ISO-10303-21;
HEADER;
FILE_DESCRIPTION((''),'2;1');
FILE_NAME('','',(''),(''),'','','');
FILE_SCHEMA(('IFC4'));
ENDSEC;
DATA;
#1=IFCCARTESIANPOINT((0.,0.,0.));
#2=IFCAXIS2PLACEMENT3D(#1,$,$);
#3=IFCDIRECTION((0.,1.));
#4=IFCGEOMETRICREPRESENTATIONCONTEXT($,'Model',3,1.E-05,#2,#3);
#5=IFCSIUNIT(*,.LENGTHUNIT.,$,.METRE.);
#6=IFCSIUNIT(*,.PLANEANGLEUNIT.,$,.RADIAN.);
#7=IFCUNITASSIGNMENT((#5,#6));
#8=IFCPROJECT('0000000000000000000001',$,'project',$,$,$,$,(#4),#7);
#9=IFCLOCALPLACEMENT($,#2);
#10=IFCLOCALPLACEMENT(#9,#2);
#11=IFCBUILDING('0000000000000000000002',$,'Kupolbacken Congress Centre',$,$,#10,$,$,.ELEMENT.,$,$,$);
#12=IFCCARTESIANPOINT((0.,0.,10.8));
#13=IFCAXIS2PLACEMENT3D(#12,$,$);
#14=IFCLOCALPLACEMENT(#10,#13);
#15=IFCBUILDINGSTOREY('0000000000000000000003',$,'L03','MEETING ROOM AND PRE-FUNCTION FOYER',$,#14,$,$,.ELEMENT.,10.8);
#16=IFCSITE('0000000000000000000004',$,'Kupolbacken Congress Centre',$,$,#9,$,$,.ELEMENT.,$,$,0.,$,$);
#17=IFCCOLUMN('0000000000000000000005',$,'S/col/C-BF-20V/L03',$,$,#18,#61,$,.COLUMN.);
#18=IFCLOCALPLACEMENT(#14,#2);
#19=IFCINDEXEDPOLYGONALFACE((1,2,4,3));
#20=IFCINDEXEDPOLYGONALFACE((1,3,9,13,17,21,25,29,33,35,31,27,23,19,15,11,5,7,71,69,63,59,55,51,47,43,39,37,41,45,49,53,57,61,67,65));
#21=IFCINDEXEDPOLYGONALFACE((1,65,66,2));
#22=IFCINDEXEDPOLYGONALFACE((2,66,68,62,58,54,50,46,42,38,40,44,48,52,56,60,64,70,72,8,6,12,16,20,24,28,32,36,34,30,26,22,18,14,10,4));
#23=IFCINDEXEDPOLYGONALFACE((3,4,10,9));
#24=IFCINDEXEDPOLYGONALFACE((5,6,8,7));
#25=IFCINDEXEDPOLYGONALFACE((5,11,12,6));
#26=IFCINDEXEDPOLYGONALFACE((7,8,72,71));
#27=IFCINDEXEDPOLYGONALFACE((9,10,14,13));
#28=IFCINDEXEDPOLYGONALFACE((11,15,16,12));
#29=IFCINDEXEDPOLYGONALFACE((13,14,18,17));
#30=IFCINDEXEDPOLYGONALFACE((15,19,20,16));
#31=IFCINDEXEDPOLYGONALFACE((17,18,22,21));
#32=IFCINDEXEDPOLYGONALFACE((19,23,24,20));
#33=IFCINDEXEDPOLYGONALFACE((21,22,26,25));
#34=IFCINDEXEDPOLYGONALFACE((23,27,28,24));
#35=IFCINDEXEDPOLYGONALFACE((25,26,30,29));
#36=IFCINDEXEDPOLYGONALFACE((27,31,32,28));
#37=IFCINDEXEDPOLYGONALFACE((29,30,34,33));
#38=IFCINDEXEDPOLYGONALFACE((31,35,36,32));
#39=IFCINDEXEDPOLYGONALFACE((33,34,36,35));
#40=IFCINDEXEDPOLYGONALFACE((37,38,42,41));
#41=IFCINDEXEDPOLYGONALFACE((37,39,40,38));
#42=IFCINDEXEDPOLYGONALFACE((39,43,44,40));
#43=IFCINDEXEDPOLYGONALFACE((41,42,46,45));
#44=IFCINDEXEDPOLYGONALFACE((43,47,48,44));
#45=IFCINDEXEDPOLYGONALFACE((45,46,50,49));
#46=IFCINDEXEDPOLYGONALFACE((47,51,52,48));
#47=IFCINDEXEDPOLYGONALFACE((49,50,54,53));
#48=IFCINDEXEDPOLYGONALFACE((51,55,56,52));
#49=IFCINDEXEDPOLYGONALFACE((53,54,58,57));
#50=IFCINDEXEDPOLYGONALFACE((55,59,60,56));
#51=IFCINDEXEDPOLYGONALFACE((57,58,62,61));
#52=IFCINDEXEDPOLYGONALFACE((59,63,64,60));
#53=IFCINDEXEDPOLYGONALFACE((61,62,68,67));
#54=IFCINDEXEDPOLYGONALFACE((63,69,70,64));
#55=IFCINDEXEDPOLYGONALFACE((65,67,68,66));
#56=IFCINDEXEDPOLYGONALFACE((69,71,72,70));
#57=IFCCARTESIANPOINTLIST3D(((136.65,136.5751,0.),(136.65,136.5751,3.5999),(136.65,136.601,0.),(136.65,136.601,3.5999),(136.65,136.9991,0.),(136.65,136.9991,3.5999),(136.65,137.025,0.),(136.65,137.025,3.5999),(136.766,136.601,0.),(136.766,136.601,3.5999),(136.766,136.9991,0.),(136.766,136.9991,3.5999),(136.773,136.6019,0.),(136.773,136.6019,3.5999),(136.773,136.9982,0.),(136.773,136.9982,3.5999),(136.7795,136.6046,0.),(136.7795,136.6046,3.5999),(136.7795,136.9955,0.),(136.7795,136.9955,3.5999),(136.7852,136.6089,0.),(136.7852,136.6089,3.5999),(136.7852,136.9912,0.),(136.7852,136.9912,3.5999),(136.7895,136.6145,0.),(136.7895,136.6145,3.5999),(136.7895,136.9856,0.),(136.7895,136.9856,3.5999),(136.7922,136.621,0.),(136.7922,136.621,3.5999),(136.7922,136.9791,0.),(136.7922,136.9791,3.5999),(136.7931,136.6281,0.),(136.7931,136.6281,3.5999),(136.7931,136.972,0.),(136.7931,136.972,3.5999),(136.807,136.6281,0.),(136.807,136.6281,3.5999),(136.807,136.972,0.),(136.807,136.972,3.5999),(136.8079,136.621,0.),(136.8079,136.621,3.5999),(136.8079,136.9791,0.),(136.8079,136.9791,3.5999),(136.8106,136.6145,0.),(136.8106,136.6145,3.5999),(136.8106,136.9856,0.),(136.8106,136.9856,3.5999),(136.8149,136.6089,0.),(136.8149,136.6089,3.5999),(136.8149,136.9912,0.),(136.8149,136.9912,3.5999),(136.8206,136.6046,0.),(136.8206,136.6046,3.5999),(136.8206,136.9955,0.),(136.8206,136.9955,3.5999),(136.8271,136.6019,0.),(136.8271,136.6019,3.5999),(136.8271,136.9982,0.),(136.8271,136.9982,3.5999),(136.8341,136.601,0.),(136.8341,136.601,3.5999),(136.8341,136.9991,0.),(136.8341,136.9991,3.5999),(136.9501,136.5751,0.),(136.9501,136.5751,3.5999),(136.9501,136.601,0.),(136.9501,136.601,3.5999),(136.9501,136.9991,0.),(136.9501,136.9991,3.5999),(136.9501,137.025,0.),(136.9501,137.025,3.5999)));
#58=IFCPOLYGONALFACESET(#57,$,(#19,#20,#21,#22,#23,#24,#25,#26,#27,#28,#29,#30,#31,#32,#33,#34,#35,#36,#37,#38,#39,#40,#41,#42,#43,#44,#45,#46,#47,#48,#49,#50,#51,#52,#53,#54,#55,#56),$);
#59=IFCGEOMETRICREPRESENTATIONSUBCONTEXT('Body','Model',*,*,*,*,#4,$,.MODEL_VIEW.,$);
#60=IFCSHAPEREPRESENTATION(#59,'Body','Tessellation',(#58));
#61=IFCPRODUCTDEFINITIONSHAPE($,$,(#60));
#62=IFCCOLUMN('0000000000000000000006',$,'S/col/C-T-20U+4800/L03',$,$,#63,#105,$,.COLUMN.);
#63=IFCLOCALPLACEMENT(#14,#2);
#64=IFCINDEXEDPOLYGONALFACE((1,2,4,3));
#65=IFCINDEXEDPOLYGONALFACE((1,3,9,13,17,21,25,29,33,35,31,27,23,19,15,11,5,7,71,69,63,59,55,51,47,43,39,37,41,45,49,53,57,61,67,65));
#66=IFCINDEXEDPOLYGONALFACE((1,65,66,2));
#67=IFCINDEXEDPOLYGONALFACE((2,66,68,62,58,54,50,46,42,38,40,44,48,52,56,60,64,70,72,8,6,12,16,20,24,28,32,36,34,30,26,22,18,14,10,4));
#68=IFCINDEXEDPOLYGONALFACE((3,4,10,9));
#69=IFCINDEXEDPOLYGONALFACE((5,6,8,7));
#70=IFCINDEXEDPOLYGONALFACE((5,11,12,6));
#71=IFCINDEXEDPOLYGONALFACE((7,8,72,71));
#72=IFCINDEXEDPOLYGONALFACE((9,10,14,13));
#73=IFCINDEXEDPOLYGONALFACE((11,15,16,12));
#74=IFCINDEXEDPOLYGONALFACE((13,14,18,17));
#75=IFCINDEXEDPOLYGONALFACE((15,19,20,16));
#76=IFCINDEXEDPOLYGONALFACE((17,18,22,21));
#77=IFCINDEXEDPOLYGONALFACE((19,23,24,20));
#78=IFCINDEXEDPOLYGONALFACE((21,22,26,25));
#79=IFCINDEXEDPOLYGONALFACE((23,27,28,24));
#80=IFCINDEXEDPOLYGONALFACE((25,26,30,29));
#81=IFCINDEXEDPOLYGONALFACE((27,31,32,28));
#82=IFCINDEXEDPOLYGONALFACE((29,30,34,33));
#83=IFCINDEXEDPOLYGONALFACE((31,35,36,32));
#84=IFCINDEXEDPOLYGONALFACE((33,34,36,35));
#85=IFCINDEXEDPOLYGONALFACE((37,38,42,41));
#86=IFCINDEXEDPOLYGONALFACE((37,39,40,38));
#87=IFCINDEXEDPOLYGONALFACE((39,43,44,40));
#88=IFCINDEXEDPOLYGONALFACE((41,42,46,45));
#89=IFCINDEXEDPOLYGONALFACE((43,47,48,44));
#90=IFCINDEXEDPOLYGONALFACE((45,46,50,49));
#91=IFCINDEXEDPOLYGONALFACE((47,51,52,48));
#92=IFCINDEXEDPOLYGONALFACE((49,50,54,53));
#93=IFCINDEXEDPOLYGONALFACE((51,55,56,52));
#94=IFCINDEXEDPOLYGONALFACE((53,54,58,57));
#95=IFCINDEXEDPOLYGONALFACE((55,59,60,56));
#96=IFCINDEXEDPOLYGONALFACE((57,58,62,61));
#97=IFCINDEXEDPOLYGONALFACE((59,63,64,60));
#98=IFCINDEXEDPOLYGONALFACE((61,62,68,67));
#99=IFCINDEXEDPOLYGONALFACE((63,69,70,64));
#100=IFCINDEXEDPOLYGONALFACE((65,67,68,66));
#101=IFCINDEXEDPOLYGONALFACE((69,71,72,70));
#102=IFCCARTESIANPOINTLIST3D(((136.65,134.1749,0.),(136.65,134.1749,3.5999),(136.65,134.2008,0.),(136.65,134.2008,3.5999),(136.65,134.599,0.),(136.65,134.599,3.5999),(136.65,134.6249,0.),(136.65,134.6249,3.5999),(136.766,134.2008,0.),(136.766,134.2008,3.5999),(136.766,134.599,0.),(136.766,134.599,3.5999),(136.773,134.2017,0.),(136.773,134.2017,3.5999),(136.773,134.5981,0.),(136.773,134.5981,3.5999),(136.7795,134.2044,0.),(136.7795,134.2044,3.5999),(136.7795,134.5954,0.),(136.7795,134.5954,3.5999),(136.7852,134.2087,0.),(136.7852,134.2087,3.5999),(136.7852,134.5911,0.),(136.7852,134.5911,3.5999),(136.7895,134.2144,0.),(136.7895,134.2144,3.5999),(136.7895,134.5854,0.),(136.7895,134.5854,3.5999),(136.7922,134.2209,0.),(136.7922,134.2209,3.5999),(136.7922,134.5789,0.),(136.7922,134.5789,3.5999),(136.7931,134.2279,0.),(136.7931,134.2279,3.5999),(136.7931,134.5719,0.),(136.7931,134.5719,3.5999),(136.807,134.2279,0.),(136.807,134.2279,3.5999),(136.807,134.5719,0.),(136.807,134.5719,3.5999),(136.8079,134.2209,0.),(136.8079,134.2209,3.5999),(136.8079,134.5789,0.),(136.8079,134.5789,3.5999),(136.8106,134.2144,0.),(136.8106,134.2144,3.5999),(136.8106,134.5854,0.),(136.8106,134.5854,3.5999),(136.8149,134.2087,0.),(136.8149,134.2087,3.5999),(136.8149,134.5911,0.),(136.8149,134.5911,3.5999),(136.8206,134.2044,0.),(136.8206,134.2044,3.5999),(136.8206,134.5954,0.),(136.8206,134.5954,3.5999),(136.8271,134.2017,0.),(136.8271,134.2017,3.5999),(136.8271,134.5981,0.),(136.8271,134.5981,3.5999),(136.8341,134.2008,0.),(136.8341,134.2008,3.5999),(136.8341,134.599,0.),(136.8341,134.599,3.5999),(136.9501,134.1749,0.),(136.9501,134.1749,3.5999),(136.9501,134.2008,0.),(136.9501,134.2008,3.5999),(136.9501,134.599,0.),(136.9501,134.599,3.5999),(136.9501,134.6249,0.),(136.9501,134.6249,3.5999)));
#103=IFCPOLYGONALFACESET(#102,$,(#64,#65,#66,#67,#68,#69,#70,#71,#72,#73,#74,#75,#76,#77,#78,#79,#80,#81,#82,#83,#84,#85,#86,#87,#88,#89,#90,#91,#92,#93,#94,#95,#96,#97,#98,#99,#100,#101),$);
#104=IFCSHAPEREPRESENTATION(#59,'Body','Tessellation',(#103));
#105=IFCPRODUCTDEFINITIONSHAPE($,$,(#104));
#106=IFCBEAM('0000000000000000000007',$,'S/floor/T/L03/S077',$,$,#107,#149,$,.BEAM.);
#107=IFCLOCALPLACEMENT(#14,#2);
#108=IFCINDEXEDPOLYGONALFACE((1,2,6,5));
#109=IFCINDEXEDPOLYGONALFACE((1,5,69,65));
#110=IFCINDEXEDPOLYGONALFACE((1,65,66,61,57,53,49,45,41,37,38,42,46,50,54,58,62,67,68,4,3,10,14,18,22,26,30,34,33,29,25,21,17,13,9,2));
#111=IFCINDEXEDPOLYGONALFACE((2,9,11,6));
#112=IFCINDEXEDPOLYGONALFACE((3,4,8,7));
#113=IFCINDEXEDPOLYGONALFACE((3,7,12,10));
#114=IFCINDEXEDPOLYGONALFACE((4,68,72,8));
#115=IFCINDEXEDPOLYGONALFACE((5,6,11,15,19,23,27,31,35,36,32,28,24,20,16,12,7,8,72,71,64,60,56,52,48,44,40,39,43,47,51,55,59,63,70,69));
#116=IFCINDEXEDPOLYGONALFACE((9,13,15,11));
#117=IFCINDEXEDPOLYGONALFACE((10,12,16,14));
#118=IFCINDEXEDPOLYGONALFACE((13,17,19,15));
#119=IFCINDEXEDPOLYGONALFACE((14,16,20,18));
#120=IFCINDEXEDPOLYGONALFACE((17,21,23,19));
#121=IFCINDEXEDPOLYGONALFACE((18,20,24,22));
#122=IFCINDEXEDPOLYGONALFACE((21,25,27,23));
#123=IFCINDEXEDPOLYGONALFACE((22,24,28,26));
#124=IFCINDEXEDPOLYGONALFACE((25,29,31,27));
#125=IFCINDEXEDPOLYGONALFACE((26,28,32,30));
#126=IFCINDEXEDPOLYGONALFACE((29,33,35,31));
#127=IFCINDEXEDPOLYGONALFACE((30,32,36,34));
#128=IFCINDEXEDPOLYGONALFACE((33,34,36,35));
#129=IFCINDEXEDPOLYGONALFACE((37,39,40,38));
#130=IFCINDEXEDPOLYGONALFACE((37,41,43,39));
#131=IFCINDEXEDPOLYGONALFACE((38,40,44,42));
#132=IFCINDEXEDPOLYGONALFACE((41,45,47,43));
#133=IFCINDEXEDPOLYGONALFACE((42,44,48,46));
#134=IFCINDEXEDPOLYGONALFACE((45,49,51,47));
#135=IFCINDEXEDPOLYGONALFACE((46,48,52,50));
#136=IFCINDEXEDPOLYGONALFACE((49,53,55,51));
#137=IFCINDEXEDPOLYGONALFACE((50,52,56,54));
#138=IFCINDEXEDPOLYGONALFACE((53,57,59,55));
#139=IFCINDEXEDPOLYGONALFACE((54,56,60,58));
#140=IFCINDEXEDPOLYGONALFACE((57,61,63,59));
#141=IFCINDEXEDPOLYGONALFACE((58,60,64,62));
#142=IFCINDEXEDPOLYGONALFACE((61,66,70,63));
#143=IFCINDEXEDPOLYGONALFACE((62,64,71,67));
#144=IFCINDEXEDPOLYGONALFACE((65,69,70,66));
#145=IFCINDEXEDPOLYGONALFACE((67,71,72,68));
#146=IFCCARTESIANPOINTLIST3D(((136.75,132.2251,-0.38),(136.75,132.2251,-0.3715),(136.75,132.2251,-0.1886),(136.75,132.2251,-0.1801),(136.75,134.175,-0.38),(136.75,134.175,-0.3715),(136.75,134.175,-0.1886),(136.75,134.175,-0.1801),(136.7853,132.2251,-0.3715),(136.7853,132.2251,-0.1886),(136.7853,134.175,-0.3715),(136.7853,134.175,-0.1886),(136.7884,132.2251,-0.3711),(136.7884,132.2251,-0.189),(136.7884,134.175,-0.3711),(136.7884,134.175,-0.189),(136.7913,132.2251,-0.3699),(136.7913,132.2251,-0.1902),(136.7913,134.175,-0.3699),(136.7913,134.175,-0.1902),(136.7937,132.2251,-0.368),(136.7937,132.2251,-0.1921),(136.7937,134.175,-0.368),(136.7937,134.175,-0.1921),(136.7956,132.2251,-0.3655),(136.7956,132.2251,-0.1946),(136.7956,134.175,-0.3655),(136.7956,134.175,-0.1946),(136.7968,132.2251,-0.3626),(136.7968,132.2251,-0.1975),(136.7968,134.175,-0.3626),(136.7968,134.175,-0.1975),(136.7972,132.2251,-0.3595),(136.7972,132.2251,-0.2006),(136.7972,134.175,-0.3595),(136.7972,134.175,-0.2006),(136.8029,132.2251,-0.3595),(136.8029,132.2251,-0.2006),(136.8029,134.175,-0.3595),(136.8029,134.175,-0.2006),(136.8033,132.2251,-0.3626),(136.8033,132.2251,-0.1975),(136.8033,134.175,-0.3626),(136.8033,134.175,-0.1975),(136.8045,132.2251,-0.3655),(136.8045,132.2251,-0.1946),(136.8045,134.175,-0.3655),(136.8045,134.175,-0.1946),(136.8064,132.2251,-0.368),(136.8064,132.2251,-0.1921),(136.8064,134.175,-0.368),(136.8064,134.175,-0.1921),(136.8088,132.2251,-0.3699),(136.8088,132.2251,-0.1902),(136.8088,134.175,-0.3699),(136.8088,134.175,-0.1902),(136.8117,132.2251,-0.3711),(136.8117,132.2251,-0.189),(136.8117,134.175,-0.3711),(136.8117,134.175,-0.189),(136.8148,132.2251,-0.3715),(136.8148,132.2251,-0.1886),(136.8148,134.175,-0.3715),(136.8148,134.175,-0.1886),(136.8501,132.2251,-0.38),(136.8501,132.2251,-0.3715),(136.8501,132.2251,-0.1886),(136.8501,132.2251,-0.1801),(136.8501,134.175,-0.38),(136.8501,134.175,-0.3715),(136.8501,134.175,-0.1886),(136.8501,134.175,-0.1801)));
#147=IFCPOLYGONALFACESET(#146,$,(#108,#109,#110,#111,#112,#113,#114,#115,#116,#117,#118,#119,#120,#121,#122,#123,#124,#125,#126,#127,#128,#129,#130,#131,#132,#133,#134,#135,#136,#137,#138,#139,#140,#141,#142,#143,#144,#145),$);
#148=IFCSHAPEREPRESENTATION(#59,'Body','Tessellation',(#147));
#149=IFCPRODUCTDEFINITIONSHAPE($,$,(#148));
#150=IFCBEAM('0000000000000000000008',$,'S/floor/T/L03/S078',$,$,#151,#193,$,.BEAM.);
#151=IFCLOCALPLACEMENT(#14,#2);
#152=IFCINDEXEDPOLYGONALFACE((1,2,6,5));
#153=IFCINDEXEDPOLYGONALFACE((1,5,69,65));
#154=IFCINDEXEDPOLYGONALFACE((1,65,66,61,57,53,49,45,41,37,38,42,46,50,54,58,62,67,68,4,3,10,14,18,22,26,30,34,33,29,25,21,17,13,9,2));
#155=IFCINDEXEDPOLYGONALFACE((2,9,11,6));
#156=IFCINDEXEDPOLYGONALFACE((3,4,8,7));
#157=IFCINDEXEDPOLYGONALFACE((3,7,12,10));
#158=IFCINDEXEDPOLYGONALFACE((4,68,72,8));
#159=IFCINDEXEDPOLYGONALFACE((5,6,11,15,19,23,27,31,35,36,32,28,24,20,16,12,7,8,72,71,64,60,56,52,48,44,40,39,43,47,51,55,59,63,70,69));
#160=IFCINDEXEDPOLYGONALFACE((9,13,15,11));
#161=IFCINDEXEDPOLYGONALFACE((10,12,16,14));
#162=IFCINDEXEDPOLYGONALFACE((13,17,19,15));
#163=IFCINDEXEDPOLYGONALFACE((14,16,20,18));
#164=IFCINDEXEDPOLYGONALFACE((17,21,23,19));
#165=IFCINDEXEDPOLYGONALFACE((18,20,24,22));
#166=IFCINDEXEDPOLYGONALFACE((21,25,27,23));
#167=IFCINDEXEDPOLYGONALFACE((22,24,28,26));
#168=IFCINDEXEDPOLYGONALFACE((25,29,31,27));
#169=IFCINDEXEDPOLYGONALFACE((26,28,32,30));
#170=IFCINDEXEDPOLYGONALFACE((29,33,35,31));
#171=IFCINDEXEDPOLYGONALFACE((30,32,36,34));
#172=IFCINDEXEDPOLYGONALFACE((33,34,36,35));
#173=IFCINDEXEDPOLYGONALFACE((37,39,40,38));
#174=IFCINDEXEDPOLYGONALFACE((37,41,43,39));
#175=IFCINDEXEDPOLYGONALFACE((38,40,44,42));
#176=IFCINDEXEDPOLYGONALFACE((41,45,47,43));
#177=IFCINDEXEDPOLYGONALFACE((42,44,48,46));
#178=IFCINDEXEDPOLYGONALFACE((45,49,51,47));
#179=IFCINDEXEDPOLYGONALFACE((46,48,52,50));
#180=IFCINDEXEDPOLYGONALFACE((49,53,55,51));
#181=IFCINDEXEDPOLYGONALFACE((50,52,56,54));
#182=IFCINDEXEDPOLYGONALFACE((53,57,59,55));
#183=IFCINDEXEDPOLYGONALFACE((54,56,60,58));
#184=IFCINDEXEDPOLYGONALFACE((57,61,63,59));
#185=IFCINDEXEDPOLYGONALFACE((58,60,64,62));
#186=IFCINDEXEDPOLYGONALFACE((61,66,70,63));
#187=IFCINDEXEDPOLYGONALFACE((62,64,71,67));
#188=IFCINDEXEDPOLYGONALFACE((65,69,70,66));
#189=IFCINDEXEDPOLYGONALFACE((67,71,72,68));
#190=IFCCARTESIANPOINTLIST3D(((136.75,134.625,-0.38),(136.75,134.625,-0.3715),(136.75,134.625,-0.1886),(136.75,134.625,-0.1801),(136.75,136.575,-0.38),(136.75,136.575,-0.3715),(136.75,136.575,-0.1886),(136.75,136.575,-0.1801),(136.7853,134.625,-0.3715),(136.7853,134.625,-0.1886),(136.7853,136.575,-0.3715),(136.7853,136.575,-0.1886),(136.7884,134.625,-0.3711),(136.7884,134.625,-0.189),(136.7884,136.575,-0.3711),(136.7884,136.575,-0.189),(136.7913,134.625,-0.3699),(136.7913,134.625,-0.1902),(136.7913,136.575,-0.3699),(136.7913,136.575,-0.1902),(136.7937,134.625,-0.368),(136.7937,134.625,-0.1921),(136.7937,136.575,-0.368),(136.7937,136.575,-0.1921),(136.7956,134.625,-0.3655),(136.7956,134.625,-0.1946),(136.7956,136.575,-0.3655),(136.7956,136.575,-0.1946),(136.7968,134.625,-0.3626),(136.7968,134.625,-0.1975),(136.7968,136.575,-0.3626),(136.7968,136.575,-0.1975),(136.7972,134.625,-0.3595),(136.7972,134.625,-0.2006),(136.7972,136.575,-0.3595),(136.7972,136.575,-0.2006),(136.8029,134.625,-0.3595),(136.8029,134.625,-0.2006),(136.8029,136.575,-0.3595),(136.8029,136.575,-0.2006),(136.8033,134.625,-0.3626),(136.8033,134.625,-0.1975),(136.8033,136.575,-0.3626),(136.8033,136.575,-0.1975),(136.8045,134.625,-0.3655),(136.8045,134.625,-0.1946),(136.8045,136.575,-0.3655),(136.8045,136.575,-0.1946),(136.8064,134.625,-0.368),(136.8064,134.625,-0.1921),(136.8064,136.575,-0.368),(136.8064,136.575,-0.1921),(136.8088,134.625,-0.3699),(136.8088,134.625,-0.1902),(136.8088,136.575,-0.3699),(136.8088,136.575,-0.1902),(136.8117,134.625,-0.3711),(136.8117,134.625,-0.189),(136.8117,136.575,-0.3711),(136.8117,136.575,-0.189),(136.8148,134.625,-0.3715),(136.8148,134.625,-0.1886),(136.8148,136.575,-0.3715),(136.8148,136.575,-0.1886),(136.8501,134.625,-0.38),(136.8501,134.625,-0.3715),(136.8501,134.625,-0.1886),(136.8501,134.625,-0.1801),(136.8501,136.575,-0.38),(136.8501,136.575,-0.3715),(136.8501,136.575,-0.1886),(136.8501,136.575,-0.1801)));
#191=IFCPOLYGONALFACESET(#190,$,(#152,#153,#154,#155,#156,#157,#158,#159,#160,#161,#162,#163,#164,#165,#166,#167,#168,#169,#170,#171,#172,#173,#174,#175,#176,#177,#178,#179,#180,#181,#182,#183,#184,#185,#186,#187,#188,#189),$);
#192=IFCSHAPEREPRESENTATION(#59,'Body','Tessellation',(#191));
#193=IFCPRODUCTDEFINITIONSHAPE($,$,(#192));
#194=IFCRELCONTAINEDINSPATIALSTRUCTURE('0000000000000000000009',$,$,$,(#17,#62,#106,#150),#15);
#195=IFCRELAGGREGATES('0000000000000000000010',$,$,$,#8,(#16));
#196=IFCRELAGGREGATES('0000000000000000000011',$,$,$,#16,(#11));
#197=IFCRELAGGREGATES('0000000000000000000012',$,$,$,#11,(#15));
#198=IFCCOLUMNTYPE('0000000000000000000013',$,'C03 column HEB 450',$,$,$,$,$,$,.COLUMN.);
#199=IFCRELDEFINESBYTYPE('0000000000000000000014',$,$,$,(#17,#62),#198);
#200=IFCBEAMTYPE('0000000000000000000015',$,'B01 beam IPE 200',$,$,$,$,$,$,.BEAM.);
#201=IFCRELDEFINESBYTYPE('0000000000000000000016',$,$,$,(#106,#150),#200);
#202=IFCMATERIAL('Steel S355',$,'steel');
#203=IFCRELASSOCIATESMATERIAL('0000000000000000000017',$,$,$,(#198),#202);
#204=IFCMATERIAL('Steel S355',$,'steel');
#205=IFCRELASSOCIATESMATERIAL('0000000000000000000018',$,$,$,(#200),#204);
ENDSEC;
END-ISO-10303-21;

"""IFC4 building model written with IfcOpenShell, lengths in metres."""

from ifc_helpers import new_model, si_unit, direction, frame, origin, origin_2d, place, context, subcontext, project, spatial, i_section, extrude, material, material_profile, profile_set, type_object, element, save


model = new_model("IFC4")

# Units and contexts
model_context = context("Model", 3, precision=1e-05, world=origin(), true_north=direction((0.0, 1.0)))
body_context = subcontext(model_context, "Body", "Model", "MODEL_VIEW")
ifc_project = project(units=[si_unit("LENGTHUNIT", "METRE"), si_unit("PLANEANGLEUNIT", "RADIAN")], contexts=[model_context])

# Site, building, storey
site_placement = place(None, origin())
site = spatial("IfcSite", under=ifc_project, at=site_placement, Name="Kupolbacken Congress Centre", CompositionType="ELEMENT", RefElevation=0.0)
building_placement = place(site_placement, origin())
building = spatial("IfcBuilding", under=site, at=building_placement, Name="Kupolbacken Congress Centre", CompositionType="ELEMENT")
storey_placement = place(building_placement, frame((0.0, 0.0, 10.8)))
storey = spatial("IfcBuildingStorey", under=building, at=storey_placement, Name="L03", Description="MEETING ROOM AND PRE-FUNCTION FOYER", CompositionType="ELEMENT", Elevation=10.8)

# Columns
ifc_material_1 = material(Name="Steel S355", Category="steel")
ifc_material_profile_1 = material_profile(ifc_material_1, i_section(OverallWidth=0.3, OverallDepth=0.45, WebThickness=0.0139, FlangeThickness=0.0259, FilletRadius=0.0271, at=origin_2d()), Name="HEB 450")
ifc_profile_set_1 = profile_set([ifc_material_profile_1], Name="Steel S355")
column_type = type_object("IfcColumnType", Name="C03 column HEB 450", PredefinedType="COLUMN", material=ifc_profile_set_1)
for number, where, z_axis, x_axis, name in (
    (1, (136.8, 136.8, 0.0), (0.0, 0.0, 1.0), (1.0, 0.0, 0.0), "S/col/C-BF-20V/L03"),
    (2, (136.8, 134.3999, 0.0), (0.0, 0.0, 1.0), (1.0, 0.0, 0.0), "S/col/C-T-20U+4800/L03"),
):
    element("IfcColumn", number, at=place(storey_placement, frame(where, z_axis=z_axis, x_axis=x_axis)), inside=storey, type_object=column_type, Name=name, PredefinedType="COLUMN", context=body_context, shape_type="SweptSolid", body=[
        extrude(i_section(OverallWidth=0.3, OverallDepth=0.45, WebThickness=0.0139, FlangeThickness=0.0259, FilletRadius=0.0271, at=origin_2d()), origin(), (0.0, 0.0, 1.0), 3.5999),
    ])

# Beams
ifc_material_2 = material(Name="Steel S355", Category="steel")
ifc_material_profile_2 = material_profile(ifc_material_2, i_section(OverallWidth=0.1001, OverallDepth=0.2, WebThickness=0.0056, FlangeThickness=0.0085, FilletRadius=0.012, at=origin_2d()), Name="IPE 200")
ifc_profile_set_2 = profile_set([ifc_material_profile_2], Name="Steel S355")
beam_type_1 = type_object("IfcBeamType", Name="B01 beam IPE 200", PredefinedType="BEAM", material=ifc_profile_set_2)
for number, where, z_axis, x_axis, name in (
    (3, (136.8, 132.2251, -0.28), (0.0, 1.0, 0.0), (-1.0, 0.0, 0.0), "S/floor/T/L03/S077"),
    (4, (136.8, 134.625, -0.28), (0.0, 1.0, 0.0), (-1.0, 0.0, 0.0), "S/floor/T/L03/S078"),
):
    element("IfcBeam", number, at=place(storey_placement, frame(where, z_axis=z_axis, x_axis=x_axis)), inside=storey, type_object=beam_type_1, Name=name, PredefinedType="BEAM", context=body_context, shape_type="SweptSolid", body=[
        extrude(i_section(OverallWidth=0.1001, OverallDepth=0.2, WebThickness=0.0056, FlangeThickness=0.0085, FilletRadius=0.012, at=origin_2d()), origin(), (0.0, 0.0, 1.0), 1.95),
    ])

save(model, "model.ifc")
